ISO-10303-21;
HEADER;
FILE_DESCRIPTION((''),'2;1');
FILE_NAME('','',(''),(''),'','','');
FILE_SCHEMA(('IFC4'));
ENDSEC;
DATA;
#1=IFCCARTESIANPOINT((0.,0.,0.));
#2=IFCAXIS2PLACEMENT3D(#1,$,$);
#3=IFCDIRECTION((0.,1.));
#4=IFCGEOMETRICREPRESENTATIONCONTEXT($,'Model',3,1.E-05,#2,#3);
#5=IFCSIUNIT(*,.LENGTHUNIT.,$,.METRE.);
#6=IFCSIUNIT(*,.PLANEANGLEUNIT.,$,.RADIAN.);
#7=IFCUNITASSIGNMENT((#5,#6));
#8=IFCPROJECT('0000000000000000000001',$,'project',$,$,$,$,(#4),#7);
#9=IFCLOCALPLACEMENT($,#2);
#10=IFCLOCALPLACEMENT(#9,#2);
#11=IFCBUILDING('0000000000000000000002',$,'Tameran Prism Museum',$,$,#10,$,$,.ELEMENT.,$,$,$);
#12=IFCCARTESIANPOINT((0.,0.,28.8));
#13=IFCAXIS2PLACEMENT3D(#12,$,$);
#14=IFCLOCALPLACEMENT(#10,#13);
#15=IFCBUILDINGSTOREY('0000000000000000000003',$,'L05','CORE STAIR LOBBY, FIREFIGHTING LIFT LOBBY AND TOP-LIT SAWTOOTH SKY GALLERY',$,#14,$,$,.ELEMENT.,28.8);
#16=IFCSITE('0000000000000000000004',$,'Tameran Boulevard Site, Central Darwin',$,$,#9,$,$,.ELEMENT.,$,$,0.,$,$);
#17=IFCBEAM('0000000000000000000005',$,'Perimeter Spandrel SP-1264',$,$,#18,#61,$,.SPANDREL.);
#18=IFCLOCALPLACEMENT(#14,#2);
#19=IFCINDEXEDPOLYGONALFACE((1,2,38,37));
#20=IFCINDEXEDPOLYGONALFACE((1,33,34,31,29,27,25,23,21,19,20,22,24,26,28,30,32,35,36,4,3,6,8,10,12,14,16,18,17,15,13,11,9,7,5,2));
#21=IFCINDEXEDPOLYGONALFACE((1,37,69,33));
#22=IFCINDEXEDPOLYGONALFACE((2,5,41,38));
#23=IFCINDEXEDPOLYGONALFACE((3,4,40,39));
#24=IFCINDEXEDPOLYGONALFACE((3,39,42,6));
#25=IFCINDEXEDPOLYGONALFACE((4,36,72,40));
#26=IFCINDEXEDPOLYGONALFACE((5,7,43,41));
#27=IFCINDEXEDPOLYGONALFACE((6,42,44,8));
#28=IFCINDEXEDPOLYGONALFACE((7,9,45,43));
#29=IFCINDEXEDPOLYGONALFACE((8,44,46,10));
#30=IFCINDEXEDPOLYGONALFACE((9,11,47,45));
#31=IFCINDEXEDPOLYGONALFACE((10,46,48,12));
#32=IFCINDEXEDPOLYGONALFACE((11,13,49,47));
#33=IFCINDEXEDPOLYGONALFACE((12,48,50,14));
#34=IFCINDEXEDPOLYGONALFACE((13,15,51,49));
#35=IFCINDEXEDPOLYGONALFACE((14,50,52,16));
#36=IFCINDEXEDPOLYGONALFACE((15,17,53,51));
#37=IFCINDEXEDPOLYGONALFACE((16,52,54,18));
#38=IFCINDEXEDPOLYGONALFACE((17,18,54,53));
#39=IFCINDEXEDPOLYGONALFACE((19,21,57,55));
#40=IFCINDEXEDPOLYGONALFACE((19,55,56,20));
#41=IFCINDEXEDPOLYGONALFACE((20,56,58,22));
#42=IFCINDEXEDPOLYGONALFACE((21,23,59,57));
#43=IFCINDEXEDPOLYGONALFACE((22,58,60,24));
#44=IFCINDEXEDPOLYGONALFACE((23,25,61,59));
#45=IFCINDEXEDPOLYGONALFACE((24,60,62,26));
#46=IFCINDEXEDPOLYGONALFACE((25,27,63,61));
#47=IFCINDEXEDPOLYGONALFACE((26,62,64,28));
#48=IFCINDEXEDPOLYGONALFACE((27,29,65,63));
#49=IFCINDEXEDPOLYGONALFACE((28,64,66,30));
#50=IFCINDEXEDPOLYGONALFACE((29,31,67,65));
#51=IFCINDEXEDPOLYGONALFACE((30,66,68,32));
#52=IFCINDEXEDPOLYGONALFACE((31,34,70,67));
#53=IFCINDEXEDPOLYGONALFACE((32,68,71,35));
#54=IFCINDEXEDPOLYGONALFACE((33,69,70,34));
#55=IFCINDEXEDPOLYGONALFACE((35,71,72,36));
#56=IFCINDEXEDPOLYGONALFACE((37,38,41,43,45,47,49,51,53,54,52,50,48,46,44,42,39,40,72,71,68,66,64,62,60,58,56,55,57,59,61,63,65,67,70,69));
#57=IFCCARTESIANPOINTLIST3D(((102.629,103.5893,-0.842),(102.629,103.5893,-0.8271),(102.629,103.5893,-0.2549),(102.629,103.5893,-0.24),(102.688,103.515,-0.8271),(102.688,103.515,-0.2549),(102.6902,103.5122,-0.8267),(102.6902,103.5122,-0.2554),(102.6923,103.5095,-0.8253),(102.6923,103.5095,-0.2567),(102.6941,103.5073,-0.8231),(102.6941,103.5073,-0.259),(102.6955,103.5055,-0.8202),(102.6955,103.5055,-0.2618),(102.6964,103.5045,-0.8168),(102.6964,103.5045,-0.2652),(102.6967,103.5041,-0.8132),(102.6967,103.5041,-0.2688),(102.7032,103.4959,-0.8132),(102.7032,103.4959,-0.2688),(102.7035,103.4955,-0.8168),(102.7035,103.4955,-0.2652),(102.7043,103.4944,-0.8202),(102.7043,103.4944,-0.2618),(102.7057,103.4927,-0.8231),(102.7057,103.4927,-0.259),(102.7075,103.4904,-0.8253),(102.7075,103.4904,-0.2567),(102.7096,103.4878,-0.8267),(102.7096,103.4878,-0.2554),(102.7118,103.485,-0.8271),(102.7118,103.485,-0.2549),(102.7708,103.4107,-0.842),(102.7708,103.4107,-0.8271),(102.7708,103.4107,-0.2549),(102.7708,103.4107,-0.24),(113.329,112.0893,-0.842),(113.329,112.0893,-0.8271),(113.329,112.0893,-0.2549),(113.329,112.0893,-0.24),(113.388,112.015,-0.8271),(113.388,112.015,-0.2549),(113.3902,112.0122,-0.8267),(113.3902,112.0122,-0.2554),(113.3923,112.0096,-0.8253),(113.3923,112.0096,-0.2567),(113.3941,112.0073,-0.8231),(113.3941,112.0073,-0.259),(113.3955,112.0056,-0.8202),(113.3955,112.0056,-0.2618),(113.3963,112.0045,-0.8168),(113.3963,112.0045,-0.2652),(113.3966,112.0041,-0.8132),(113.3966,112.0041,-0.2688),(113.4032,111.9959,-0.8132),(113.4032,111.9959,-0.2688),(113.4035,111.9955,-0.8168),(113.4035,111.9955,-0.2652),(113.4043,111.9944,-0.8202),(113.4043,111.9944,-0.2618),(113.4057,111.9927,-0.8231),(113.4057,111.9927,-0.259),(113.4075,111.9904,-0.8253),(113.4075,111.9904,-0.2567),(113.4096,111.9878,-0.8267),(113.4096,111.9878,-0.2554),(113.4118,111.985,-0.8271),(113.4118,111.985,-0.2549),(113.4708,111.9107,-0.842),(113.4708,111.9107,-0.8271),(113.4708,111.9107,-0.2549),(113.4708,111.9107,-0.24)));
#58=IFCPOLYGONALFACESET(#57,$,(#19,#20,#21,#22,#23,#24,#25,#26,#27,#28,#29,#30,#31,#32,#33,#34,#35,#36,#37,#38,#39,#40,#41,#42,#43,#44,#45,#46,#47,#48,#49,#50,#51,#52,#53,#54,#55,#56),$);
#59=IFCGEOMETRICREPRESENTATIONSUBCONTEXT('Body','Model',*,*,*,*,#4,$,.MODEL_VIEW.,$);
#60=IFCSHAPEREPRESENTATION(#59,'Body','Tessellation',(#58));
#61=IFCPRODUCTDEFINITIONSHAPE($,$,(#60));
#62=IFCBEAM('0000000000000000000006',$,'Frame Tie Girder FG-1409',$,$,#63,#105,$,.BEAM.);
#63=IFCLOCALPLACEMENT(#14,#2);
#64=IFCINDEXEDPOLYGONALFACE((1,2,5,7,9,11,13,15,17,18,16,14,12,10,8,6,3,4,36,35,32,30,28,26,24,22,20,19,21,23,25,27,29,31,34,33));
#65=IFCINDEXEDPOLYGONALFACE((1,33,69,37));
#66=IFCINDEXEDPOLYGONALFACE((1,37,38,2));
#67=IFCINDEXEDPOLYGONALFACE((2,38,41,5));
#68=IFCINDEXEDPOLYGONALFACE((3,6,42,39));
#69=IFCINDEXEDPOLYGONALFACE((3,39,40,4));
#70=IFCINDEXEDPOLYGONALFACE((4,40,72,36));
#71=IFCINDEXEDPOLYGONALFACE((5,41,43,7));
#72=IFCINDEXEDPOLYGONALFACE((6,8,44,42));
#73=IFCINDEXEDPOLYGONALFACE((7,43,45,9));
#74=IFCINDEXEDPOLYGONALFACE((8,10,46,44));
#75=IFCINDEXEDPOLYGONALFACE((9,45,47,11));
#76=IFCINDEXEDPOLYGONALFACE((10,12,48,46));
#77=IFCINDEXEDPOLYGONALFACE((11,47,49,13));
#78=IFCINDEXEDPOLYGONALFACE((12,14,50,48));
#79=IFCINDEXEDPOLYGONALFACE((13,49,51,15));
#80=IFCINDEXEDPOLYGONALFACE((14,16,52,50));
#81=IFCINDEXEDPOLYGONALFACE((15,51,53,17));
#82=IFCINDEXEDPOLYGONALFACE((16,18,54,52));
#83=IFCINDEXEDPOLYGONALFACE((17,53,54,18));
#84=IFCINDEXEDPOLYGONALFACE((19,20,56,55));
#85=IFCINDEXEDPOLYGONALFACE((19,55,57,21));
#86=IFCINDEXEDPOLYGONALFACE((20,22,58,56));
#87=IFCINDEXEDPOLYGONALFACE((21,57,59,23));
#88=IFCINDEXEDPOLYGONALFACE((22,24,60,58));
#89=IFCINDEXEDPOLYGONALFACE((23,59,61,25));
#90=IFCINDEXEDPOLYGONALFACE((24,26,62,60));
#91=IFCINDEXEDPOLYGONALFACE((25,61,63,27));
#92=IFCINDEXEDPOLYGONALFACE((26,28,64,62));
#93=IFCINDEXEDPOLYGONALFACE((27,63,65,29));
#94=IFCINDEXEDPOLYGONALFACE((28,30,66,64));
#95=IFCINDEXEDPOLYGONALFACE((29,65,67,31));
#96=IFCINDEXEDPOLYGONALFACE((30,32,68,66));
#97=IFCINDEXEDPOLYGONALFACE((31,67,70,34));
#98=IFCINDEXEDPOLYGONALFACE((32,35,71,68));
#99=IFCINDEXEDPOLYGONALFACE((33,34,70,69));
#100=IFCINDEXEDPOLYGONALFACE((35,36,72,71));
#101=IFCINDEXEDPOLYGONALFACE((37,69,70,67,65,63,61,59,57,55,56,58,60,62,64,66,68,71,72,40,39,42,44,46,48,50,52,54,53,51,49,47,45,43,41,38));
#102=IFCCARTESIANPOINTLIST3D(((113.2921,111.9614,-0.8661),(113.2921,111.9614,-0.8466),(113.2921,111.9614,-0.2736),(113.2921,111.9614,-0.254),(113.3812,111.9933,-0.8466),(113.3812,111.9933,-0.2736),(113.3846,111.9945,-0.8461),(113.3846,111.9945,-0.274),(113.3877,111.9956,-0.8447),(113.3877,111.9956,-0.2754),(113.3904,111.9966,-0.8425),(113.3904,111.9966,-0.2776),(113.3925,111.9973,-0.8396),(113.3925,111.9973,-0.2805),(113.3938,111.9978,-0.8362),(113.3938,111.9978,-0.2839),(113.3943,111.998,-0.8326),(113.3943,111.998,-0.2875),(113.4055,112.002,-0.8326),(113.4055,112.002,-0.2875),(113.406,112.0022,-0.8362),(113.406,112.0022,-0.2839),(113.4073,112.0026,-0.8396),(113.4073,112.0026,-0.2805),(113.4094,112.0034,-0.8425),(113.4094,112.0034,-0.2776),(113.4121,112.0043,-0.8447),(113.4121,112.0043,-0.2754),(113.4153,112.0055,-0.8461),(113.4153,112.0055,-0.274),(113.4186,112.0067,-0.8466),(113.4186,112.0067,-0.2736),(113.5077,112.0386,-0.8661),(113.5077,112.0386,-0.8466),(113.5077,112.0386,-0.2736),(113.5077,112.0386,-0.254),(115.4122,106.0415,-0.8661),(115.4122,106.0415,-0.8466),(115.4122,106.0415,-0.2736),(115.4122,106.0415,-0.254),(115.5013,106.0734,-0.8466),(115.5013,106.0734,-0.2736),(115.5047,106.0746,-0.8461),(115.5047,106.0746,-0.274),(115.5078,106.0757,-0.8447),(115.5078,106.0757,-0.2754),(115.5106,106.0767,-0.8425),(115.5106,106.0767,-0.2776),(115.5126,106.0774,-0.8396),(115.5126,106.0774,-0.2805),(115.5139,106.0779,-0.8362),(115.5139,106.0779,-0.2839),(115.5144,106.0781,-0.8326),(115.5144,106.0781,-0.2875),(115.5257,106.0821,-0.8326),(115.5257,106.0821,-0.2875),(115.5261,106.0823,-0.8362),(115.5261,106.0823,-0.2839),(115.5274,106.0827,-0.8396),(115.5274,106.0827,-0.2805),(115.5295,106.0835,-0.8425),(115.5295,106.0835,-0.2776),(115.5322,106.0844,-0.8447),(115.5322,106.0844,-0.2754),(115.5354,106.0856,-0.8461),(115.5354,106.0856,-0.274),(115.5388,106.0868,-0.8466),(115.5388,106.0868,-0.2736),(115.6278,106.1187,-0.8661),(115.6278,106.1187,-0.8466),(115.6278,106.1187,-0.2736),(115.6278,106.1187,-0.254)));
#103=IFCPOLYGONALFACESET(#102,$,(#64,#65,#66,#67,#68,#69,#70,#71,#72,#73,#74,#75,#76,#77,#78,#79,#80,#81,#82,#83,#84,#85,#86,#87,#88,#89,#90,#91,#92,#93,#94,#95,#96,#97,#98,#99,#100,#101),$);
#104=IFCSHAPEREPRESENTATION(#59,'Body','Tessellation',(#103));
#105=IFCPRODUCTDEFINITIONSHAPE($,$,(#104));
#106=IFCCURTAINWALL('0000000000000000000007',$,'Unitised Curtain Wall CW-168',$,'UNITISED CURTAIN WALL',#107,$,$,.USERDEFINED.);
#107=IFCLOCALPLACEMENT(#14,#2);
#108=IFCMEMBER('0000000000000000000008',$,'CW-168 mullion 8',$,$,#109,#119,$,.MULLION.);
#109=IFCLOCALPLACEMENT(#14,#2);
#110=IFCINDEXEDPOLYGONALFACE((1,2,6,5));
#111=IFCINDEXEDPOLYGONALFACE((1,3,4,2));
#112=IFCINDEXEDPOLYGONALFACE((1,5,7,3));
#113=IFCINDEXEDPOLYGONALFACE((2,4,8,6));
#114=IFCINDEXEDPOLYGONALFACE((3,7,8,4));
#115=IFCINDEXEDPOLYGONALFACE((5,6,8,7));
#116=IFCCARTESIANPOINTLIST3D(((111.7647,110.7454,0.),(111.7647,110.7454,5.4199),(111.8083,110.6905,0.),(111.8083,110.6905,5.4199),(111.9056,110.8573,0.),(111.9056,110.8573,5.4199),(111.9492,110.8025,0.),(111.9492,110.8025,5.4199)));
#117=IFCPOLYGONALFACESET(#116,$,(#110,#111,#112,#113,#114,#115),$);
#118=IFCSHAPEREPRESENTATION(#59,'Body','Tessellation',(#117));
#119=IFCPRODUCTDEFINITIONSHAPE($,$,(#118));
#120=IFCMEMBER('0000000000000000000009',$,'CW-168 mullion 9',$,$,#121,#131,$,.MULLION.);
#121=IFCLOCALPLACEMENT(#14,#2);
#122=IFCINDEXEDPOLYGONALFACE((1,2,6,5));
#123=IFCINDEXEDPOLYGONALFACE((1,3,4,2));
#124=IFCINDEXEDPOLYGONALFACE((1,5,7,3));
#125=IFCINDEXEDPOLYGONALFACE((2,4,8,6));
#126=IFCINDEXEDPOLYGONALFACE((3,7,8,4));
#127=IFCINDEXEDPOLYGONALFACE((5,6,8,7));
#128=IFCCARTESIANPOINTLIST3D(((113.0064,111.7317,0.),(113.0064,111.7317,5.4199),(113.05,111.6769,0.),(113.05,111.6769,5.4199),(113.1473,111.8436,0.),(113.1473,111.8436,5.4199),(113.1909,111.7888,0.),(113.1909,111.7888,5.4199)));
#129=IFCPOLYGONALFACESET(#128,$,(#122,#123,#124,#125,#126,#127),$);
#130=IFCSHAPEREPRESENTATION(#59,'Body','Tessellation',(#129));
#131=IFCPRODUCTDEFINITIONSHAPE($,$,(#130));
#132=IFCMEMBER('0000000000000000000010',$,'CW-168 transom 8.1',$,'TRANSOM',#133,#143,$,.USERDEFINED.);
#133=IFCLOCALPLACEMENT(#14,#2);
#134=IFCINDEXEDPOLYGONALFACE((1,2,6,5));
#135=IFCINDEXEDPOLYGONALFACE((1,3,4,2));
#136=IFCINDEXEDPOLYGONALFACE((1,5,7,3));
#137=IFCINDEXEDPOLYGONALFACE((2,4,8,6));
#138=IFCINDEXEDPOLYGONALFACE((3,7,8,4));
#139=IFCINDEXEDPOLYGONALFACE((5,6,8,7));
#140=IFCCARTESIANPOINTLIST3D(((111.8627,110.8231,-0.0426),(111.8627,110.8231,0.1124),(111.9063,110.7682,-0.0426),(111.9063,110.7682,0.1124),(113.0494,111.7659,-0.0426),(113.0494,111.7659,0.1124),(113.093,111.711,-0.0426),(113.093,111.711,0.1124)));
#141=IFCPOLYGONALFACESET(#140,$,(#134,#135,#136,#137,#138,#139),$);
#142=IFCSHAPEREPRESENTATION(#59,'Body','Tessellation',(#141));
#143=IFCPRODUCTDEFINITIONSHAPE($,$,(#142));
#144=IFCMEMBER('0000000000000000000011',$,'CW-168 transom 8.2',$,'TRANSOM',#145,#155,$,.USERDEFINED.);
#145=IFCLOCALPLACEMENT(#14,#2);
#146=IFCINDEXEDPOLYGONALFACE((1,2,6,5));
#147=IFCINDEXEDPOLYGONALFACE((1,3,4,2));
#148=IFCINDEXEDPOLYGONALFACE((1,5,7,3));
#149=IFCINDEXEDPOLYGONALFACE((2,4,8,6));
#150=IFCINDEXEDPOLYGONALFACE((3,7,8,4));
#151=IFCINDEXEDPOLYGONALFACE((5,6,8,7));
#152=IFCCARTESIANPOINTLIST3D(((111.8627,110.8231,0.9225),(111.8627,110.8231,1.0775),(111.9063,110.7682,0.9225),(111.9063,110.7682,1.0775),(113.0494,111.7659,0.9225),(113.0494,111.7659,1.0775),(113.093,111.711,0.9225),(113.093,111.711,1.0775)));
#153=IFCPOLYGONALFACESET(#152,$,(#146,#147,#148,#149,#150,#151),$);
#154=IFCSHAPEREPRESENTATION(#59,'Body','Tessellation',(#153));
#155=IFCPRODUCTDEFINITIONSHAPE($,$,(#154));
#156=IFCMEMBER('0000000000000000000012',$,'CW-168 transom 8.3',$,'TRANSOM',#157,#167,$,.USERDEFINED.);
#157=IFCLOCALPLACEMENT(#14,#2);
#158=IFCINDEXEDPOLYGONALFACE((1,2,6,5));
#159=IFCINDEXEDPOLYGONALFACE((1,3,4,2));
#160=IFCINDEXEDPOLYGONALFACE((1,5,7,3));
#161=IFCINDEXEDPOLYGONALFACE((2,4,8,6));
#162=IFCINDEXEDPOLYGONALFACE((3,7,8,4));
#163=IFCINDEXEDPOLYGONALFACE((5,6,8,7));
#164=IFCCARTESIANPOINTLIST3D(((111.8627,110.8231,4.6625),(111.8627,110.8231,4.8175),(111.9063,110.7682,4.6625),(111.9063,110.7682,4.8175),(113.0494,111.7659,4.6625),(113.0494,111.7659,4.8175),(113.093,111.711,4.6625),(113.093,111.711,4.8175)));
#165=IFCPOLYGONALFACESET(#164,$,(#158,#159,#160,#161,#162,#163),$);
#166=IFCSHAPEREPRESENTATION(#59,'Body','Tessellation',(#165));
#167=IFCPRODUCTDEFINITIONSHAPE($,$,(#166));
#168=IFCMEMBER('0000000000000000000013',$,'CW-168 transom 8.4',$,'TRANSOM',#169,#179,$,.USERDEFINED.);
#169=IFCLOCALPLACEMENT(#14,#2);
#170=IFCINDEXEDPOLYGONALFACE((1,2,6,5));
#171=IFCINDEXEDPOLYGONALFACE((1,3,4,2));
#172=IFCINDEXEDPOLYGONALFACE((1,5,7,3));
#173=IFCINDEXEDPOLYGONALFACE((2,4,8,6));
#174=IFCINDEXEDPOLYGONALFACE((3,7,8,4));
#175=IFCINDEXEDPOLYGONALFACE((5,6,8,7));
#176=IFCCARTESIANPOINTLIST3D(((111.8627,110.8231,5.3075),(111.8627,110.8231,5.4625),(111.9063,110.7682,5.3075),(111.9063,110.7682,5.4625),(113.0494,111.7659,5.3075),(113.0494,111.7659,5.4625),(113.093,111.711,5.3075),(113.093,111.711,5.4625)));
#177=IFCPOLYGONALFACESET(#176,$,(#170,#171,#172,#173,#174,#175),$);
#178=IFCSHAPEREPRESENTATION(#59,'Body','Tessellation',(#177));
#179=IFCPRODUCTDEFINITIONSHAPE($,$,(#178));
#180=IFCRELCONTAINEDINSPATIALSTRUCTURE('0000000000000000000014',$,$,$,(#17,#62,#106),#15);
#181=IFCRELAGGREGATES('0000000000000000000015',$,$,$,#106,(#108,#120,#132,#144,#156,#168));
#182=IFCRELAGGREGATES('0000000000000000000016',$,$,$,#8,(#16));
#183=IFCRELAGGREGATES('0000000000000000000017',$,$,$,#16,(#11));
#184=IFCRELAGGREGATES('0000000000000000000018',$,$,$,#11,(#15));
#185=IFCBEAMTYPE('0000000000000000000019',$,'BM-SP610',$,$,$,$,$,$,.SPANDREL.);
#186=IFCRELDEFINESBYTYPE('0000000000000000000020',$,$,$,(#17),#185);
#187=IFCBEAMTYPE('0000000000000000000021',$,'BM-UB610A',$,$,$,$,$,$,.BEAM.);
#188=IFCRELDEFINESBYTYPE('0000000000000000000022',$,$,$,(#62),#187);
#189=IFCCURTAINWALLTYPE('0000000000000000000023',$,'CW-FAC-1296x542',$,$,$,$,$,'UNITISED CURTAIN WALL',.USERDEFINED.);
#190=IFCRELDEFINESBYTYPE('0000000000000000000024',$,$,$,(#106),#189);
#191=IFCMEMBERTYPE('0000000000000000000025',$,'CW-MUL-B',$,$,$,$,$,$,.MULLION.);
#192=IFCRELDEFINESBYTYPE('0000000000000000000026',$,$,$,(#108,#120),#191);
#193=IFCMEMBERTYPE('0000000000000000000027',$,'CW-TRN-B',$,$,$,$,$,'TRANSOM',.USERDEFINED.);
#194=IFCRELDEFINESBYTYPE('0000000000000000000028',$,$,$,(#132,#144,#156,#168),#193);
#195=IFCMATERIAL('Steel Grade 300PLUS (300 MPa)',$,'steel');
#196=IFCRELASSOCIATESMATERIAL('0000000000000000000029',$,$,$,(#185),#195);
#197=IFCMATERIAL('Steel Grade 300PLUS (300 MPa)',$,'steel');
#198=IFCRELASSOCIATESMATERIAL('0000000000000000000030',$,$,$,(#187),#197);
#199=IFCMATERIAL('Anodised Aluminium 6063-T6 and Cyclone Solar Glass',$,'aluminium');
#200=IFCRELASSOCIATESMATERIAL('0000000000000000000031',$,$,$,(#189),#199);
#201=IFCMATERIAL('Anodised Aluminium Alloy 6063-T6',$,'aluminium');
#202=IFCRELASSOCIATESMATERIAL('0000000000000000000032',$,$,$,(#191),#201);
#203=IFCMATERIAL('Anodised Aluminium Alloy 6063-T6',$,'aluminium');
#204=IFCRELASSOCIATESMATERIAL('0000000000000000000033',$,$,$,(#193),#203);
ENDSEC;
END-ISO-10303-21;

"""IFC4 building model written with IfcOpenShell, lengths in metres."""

from ifc_helpers import new_model, si_unit, direction, frame, origin, origin_2d, place, context, subcontext, project, spatial, rectangle, i_section, extrude, material, material_profile, profile_set, type_object, element, aggregate, save


model = new_model("IFC4")

# Units and contexts
model_context = context("Model", 3, precision=1e-05, world=origin(), true_north=direction((0.0, 1.0)))
body_context = subcontext(model_context, "Body", "Model", "MODEL_VIEW")
ifc_project = project(units=[si_unit("LENGTHUNIT", "METRE"), si_unit("PLANEANGLEUNIT", "RADIAN")], contexts=[model_context])

# Site, building, storey
site_placement = place(None, origin())
site = spatial("IfcSite", under=ifc_project, at=site_placement, Name="Tameran Boulevard Site, Central Darwin", CompositionType="ELEMENT", RefElevation=0.0)
building_placement = place(site_placement, origin())
building = spatial("IfcBuilding", under=site, at=building_placement, Name="Tameran Prism Museum", CompositionType="ELEMENT")
storey_placement = place(building_placement, frame((0.0, 0.0, 28.8)))
storey = spatial("IfcBuildingStorey", under=building, at=storey_placement, Name="L05", Description="CORE STAIR LOBBY, FIREFIGHTING LIFT LOBBY AND TOP-LIT SAWTOOTH SKY GALLERY", CompositionType="ELEMENT", Elevation=28.8)

# Beams
ifc_material_1 = material(Name="Steel Grade 300PLUS (300 MPa)", Category="steel")
ifc_material_profile_1 = material_profile(ifc_material_1, i_section(OverallWidth=0.228, OverallDepth=0.6021, WebThickness=0.0105, FlangeThickness=0.0149, FilletRadius=0.0139, at=origin_2d()))
ifc_profile_set_1 = profile_set([ifc_material_profile_1])
beam_type_1 = type_object("IfcBeamType", Name="BM-SP610", PredefinedType="SPANDREL", material=ifc_profile_set_1)
beam_1_placement = place(storey_placement, frame((113.3999, 112.0, -0.541), z_axis=(-0.783005, -0.622016, 0.0), x_axis=(0.622016, -0.783005, 0.0)))
element("IfcBeam", 1, at=beam_1_placement, inside=storey, type_object=beam_type_1, Name="Perimeter Spandrel SP-1264", PredefinedType="SPANDREL", context=body_context, shape_type="SweptSolid", body=[
    extrude(i_section(OverallWidth=0.228, OverallDepth=0.6021, WebThickness=0.0105, FlangeThickness=0.0149, FilletRadius=0.0139, at=origin_2d()), origin(), (0.0, 0.0, 1.0), 13.6653),
])
ifc_material_2 = material(Name="Steel Grade 300PLUS (300 MPa)", Category="steel")
ifc_material_profile_2 = material_profile(ifc_material_2, i_section(OverallWidth=0.229, OverallDepth=0.6121, WebThickness=0.012, FlangeThickness=0.0195, FilletRadius=0.0139, at=origin_2d()))
ifc_profile_set_2 = profile_set([ifc_material_profile_2])
beam_type_2 = type_object("IfcBeamType", Name="BM-UB610A", PredefinedType="BEAM", material=ifc_profile_set_2)
beam_2_placement = place(storey_placement, frame((115.52, 106.0801, -0.5601), z_axis=(-0.337163, 0.941446, 0.0), x_axis=(-0.941446, -0.337163, 0.0)))
element("IfcBeam", 2, at=beam_2_placement, inside=storey, type_object=beam_type_2, Name="Frame Tie Girder FG-1409", PredefinedType="BEAM", context=body_context, shape_type="SweptSolid", body=[
    extrude(i_section(OverallWidth=0.229, OverallDepth=0.6121, WebThickness=0.012, FlangeThickness=0.0195, FilletRadius=0.0139, at=origin_2d()), origin(), (0.0, 0.0, 1.0), 6.2881),
])

# Curtain wall, members
ifc_material_3 = material(Name="Anodised Aluminium 6063-T6 and Cyclone Solar Glass", Category="aluminium")
curtain_wall_type = type_object("IfcCurtainWallType", Name="CW-FAC-1296x542", ElementType="UNITISED CURTAIN WALL", PredefinedType="USERDEFINED", material=ifc_material_3)
curtain_wall_placement = place(storey_placement, origin())
curtain_wall = element("IfcCurtainWall", 3, at=curtain_wall_placement, inside=storey, type_object=curtain_wall_type, Name="Unitised Curtain Wall CW-168", ObjectType="UNITISED CURTAIN WALL", PredefinedType="USERDEFINED")
ifc_material_4 = material(Name="Anodised Aluminium Alloy 6063-T6", Category="aluminium")
ifc_material_profile_3 = material_profile(ifc_material_4, rectangle(XDim=0.0701, YDim=0.1799, at=origin_2d()))
ifc_profile_set_3 = profile_set([ifc_material_profile_3])
member_type_1 = type_object("IfcMemberType", Name="CW-MUL-B", PredefinedType="MULLION", material=ifc_profile_set_3)
member_1_placement = place(storey_placement, frame((111.8569, 110.7739, 0.0), z_axis=(0.0, 0.0, 1.0), x_axis=(-0.621982, 0.783031, 0.0)))
member_1 = element("IfcMember", 4, at=member_1_placement, type_object=member_type_1, Name="CW-168 mullion 8", PredefinedType="MULLION", context=body_context, shape_type="SweptSolid", body=[
    extrude(rectangle(XDim=0.0701, YDim=0.1799, at=origin_2d()), origin(), (0.0, 0.0, 1.0), 5.4199),
])
member_2_placement = place(storey_placement, frame((113.0986, 111.7603, 0.0), z_axis=(0.0, 0.0, 1.0), x_axis=(-0.621982, 0.783031, 0.0)))
member_2 = element("IfcMember", 5, at=member_2_placement, type_object=member_type_1, Name="CW-168 mullion 9", PredefinedType="MULLION", context=body_context, shape_type="SweptSolid", body=[
    extrude(rectangle(XDim=0.0701, YDim=0.1799, at=origin_2d()), origin(), (0.0, 0.0, 1.0), 5.4199),
])
ifc_material_5 = material(Name="Anodised Aluminium Alloy 6063-T6", Category="aluminium")
ifc_material_profile_4 = material_profile(ifc_material_5, rectangle(XDim=0.0701, YDim=0.155, at=origin_2d()))
ifc_profile_set_4 = profile_set([ifc_material_profile_4])
member_type_2 = type_object("IfcMemberType", Name="CW-TRN-B", ElementType="TRANSOM", PredefinedType="USERDEFINED", material=ifc_profile_set_4)
member_3_placement = place(storey_placement, frame((111.8845, 110.7957, 0.0349), z_axis=(0.78297, 0.622059, 0.0), x_axis=(-0.622059, 0.78297, 0.0)))
member_3 = element("IfcMember", 6, at=member_3_placement, type_object=member_type_2, Name="CW-168 transom 8.1", ObjectType="TRANSOM", PredefinedType="USERDEFINED", context=body_context, shape_type="SweptSolid", body=[
    extrude(rectangle(XDim=0.0701, YDim=0.155, at=origin_2d()), origin(), (0.0, 0.0, 1.0), 1.5156),
])
member_4_placement = place(storey_placement, frame((111.8845, 110.7957, 1.0), z_axis=(0.78297, 0.622059, 0.0), x_axis=(-0.622059, 0.78297, 0.0)))
member_4 = element("IfcMember", 7, at=member_4_placement, type_object=member_type_2, Name="CW-168 transom 8.2", ObjectType="TRANSOM", PredefinedType="USERDEFINED", context=body_context, shape_type="SweptSolid", body=[
    extrude(rectangle(XDim=0.0701, YDim=0.155, at=origin_2d()), origin(), (0.0, 0.0, 1.0), 1.5156),
])
member_5_placement = place(storey_placement, frame((111.8845, 110.7957, 4.74), z_axis=(0.78297, 0.622059, 0.0), x_axis=(-0.622059, 0.78297, 0.0)))
member_5 = element("IfcMember", 8, at=member_5_placement, type_object=member_type_2, Name="CW-168 transom 8.3", ObjectType="TRANSOM", PredefinedType="USERDEFINED", context=body_context, shape_type="SweptSolid", body=[
    extrude(rectangle(XDim=0.0701, YDim=0.155, at=origin_2d()), origin(), (0.0, 0.0, 1.0), 1.5156),
])
member_6_placement = place(storey_placement, frame((111.8845, 110.7957, 5.385), z_axis=(0.78297, 0.622059, 0.0), x_axis=(-0.622059, 0.78297, 0.0)))
member_6 = element("IfcMember", 9, at=member_6_placement, type_object=member_type_2, Name="CW-168 transom 8.4", ObjectType="TRANSOM", PredefinedType="USERDEFINED", context=body_context, shape_type="SweptSolid", body=[
    extrude(rectangle(XDim=0.0701, YDim=0.155, at=origin_2d()), origin(), (0.0, 0.0, 1.0), 1.5156),
])

aggregate(curtain_wall, [member_1, member_2, member_3, member_4, member_5, member_6])

save(model, "model.ifc")
